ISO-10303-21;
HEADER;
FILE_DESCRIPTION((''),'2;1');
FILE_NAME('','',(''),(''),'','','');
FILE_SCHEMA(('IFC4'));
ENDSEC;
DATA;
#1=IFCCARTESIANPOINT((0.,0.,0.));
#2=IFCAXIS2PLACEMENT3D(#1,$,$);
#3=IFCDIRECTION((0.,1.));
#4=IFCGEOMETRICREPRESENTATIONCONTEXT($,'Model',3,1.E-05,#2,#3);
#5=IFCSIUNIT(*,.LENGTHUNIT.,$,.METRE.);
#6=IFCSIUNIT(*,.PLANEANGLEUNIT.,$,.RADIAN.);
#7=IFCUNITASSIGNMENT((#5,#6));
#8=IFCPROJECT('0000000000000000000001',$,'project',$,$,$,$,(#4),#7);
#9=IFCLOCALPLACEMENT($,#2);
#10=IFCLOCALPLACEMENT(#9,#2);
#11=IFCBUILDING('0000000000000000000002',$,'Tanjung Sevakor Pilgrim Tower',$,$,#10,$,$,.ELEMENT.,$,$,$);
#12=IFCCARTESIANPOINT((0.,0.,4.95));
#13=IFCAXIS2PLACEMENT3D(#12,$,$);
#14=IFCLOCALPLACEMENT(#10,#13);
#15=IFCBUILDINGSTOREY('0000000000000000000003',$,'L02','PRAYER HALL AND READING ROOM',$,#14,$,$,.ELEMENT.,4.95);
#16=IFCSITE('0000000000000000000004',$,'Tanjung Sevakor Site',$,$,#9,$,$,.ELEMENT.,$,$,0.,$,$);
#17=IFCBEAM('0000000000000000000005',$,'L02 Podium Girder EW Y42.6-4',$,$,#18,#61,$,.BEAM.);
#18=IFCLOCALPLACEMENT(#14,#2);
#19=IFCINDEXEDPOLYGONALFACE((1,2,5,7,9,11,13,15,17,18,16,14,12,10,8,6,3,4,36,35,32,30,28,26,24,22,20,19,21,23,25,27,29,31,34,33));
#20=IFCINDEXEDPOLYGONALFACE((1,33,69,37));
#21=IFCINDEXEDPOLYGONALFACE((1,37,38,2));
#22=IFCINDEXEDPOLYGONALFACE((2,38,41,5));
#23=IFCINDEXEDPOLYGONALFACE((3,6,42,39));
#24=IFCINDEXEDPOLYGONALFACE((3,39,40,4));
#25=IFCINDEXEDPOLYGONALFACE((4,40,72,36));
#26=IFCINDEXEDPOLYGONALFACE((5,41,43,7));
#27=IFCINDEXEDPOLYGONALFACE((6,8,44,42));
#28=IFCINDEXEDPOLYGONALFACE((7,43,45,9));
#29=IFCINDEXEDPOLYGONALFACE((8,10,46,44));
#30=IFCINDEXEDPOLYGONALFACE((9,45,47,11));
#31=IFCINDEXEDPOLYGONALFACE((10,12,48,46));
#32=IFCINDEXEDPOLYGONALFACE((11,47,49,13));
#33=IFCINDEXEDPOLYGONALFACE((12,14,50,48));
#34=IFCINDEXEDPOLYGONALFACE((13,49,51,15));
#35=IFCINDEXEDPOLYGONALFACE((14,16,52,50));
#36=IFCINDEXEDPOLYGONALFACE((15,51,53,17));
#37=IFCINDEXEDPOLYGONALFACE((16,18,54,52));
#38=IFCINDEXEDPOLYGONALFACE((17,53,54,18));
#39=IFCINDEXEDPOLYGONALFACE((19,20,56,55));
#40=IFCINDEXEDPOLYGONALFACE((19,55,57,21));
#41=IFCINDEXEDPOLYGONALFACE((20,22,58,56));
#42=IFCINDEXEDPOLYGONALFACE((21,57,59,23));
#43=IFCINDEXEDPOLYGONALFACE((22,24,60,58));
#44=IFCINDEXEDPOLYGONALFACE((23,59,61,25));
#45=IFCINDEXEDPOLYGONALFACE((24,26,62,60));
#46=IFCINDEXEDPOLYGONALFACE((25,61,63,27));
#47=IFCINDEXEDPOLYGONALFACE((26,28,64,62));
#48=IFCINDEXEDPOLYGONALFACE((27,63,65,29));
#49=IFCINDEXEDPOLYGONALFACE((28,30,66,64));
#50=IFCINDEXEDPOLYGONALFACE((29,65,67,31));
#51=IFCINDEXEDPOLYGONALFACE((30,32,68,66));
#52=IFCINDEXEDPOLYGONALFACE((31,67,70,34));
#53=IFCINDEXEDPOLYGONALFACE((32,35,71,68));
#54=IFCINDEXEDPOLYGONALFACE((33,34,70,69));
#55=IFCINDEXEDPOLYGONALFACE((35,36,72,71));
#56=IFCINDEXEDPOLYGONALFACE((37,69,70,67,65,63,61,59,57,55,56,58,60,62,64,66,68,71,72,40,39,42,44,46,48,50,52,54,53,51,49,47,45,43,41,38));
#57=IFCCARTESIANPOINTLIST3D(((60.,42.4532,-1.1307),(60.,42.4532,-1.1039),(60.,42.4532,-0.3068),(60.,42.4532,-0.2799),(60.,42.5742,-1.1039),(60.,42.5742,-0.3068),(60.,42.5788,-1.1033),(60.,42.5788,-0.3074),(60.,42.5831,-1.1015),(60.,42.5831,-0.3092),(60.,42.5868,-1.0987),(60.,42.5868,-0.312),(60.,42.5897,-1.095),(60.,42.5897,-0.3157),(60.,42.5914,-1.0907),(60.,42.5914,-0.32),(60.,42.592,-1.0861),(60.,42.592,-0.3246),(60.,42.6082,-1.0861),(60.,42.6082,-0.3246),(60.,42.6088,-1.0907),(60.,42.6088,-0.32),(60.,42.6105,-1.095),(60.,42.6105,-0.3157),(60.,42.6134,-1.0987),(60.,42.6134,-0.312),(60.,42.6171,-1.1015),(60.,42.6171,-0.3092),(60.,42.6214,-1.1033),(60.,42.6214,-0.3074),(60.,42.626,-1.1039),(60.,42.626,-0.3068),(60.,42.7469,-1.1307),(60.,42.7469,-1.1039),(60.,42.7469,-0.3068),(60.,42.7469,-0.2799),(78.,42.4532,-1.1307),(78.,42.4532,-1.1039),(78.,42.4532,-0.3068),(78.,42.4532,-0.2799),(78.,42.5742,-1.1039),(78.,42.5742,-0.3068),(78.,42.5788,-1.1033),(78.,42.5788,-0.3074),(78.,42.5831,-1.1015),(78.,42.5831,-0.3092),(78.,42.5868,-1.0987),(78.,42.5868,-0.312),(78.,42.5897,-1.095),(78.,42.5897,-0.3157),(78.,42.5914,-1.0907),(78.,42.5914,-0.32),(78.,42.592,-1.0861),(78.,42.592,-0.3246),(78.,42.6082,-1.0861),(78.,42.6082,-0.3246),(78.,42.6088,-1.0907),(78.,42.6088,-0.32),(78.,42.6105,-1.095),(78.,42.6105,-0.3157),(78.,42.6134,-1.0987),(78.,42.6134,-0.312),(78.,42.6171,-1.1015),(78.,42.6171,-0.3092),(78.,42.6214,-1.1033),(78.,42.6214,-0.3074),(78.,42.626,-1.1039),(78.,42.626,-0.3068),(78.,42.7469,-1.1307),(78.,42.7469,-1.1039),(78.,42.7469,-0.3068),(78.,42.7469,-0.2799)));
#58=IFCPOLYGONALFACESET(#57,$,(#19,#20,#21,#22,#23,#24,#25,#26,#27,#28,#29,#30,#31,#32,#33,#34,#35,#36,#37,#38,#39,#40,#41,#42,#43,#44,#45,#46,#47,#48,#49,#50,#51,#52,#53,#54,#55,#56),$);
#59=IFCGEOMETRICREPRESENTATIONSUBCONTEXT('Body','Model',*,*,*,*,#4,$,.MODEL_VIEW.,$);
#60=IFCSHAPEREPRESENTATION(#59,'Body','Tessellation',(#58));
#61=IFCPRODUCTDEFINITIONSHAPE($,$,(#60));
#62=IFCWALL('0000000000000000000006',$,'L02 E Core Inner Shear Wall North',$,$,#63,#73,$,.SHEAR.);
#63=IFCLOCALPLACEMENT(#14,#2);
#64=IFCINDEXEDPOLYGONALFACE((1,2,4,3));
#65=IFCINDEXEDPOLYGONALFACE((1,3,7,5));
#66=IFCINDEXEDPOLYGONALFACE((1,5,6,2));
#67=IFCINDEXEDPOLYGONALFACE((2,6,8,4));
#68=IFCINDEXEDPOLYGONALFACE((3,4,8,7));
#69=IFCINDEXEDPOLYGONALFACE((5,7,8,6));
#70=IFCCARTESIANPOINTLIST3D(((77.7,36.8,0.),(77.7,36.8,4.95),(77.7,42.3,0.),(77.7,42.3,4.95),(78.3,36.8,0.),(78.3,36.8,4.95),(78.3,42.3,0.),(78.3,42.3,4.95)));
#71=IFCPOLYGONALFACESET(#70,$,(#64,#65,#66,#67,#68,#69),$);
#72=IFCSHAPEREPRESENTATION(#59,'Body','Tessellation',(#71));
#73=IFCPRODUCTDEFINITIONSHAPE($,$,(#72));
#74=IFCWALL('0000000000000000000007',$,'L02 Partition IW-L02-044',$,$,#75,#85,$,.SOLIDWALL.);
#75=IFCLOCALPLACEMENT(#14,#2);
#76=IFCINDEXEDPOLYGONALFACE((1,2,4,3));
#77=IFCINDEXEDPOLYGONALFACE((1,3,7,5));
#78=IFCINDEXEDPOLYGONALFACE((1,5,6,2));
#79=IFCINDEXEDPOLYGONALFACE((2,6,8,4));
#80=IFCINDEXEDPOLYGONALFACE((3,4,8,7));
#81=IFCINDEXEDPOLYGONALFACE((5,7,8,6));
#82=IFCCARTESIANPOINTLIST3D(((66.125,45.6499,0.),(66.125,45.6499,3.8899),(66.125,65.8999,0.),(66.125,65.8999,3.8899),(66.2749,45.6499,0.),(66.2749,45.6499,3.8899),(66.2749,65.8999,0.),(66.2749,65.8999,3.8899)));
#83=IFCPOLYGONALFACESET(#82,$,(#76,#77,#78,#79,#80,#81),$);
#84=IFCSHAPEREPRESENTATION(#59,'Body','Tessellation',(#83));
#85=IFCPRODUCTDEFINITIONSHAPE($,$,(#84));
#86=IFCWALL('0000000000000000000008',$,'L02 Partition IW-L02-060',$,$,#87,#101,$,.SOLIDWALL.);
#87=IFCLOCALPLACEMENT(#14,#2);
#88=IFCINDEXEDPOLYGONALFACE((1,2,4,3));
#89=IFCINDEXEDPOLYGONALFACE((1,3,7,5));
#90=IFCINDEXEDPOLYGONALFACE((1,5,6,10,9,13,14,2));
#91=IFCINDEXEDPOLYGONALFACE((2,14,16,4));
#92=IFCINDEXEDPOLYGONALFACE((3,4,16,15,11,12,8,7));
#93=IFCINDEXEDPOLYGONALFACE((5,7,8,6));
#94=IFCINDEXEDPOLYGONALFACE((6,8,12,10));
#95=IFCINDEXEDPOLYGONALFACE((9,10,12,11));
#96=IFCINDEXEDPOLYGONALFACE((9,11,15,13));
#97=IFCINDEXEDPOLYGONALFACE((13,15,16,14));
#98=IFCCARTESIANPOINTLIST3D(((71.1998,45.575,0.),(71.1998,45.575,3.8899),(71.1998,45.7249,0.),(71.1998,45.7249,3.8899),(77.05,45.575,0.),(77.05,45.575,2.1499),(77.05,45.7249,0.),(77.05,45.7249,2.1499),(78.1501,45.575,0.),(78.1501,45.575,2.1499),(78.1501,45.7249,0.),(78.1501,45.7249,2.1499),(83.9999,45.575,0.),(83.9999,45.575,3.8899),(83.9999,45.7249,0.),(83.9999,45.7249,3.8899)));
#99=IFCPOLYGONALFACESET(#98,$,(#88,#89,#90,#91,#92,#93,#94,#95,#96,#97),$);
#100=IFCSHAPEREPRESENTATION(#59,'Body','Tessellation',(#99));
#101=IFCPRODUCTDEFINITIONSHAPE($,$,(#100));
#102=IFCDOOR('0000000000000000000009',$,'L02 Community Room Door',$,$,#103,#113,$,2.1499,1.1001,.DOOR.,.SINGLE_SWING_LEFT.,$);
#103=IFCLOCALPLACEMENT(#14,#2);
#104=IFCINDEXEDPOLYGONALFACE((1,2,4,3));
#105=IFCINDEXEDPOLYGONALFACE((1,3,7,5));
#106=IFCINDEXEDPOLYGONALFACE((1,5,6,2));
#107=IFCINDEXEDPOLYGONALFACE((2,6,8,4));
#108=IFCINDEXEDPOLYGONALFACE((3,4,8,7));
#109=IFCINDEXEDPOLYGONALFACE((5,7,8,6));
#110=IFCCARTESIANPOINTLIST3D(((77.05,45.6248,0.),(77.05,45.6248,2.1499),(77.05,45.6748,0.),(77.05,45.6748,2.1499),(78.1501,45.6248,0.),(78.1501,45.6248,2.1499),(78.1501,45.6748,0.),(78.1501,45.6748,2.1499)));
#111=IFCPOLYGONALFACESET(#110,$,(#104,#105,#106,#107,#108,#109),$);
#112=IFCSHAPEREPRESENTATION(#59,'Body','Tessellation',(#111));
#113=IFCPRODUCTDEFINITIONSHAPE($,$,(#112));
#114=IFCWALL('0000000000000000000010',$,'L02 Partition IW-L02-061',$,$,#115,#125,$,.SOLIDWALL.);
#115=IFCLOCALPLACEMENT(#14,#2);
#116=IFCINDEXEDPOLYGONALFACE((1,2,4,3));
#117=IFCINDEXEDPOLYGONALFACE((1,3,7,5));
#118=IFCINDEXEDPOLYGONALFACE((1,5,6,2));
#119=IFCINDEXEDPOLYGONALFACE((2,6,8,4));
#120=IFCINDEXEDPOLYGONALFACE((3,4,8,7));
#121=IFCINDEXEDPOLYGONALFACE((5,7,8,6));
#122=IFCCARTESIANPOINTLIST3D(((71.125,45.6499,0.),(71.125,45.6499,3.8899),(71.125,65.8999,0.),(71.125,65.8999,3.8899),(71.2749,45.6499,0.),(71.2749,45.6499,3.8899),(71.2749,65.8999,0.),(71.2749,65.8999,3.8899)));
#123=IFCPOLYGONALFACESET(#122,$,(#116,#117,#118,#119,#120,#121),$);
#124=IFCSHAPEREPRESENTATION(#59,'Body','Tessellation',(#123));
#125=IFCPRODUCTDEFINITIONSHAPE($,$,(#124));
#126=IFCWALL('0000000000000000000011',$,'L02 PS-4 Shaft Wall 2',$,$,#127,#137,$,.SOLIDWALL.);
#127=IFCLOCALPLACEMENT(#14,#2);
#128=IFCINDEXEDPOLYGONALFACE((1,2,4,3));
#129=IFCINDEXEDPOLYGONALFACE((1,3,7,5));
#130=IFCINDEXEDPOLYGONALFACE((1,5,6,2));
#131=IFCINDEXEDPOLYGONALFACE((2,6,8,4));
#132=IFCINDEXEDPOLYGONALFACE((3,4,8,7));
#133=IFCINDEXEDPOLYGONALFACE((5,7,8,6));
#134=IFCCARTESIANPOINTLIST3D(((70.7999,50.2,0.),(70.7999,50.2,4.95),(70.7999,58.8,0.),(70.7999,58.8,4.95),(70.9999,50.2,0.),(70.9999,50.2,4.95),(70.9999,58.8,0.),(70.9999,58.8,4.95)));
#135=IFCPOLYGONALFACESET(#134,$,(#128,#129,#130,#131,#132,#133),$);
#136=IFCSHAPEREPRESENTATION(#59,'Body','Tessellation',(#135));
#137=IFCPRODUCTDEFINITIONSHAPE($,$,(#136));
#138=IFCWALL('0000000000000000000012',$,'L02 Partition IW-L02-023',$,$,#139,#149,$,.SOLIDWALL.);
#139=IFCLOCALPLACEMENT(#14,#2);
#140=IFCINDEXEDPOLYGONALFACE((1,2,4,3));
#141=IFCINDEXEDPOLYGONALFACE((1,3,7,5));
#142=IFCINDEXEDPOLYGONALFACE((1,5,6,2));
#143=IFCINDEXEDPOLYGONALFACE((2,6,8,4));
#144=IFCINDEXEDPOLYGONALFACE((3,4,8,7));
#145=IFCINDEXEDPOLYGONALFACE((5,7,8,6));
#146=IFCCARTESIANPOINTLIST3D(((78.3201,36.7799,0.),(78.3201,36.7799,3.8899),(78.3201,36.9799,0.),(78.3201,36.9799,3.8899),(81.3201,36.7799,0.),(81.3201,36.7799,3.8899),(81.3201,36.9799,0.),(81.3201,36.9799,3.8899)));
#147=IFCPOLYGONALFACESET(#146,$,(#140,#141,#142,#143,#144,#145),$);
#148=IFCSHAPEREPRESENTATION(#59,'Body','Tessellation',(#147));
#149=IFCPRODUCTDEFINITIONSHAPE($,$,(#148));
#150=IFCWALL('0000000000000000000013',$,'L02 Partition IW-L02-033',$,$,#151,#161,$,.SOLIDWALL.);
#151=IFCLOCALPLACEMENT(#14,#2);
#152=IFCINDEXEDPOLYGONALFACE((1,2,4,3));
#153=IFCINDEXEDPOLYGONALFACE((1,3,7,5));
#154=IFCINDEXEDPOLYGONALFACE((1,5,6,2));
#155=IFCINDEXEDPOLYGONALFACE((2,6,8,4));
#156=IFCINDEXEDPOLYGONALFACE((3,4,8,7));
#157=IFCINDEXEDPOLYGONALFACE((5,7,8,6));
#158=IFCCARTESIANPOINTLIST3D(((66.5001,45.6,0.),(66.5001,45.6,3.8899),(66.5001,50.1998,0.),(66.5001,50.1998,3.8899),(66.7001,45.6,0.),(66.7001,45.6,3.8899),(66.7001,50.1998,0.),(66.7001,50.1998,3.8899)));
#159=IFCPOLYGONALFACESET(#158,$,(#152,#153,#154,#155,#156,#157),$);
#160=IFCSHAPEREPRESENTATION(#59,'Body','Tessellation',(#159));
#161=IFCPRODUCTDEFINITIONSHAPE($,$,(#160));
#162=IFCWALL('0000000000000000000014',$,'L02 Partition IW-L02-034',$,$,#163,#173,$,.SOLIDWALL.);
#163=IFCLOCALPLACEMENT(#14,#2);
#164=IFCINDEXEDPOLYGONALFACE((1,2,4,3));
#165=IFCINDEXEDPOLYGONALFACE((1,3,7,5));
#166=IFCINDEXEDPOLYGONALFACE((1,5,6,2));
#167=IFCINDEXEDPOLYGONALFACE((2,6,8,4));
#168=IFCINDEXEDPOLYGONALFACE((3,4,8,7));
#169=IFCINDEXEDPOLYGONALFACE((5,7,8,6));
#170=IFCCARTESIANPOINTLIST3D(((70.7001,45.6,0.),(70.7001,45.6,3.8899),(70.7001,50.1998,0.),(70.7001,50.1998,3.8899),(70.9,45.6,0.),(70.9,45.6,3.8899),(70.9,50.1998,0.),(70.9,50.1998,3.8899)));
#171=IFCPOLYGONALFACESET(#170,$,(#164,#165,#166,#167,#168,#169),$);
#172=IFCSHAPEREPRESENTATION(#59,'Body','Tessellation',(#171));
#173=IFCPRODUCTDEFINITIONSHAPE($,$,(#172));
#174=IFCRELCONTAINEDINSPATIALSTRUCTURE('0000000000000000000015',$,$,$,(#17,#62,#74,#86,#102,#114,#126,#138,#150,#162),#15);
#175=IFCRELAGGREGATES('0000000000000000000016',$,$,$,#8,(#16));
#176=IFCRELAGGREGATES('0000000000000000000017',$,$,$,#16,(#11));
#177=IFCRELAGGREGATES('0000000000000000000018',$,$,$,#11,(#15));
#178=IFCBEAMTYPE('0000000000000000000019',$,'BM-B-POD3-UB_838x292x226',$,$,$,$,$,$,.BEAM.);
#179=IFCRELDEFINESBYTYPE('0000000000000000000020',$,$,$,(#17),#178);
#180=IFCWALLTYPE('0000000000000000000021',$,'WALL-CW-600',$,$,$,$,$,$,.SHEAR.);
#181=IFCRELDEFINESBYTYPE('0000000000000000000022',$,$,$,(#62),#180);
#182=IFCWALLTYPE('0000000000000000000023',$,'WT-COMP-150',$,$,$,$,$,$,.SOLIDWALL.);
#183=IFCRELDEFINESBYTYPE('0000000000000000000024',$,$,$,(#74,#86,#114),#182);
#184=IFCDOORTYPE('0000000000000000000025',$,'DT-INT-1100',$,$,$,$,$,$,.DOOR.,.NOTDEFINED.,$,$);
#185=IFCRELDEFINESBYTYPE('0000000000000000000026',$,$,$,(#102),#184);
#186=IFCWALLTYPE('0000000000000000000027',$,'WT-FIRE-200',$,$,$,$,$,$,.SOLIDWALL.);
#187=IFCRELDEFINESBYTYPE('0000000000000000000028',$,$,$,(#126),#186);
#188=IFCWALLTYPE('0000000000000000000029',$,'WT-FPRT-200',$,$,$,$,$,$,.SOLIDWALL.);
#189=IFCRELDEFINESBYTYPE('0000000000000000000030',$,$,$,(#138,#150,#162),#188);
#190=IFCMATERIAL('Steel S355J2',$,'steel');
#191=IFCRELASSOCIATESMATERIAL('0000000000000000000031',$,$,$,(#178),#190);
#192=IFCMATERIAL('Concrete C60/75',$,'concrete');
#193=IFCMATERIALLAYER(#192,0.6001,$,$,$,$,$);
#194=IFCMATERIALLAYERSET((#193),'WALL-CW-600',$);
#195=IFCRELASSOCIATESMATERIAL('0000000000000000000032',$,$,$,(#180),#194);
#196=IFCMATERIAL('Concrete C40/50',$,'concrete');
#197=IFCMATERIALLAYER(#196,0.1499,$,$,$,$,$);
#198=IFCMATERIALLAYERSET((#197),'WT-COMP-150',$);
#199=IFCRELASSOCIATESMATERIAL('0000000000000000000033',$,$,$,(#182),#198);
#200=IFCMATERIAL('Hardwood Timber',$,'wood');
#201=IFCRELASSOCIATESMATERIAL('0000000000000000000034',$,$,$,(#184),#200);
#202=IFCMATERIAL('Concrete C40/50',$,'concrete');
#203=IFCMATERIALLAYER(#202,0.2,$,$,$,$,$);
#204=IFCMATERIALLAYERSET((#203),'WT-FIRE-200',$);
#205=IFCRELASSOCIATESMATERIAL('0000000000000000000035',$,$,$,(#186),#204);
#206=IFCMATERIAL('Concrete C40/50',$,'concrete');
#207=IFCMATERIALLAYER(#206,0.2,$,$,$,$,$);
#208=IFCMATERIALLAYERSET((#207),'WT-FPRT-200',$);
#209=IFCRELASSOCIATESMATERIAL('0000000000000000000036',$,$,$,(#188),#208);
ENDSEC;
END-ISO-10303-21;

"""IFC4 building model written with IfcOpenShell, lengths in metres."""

from ifc_helpers import new_model, si_unit, direction, frame, frame_2d, origin, origin_2d, place, context, subcontext, project, spatial, rectangle, i_section, extrude, material, layer, layer_set, material_profile, profile_set, type_object, element, fill, save


model = new_model("IFC4")

# Units and contexts
model_context = context("Model", 3, precision=1e-05, world=origin(), true_north=direction((0.0, 1.0)))
body_context = subcontext(model_context, "Body", "Model", "MODEL_VIEW")
ifc_project = project(units=[si_unit("LENGTHUNIT", "METRE"), si_unit("PLANEANGLEUNIT", "RADIAN")], contexts=[model_context])

# Site, building, storey
site_placement = place(None, origin())
site = spatial("IfcSite", under=ifc_project, at=site_placement, Name="Tanjung Sevakor Site", CompositionType="ELEMENT", RefElevation=0.0)
building_placement = place(site_placement, origin())
building = spatial("IfcBuilding", under=site, at=building_placement, Name="Tanjung Sevakor Pilgrim Tower", CompositionType="ELEMENT")
storey_placement = place(building_placement, frame((0.0, 0.0, 4.95)))
storey = spatial("IfcBuildingStorey", under=building, at=storey_placement, Name="L02", Description="PRAYER HALL AND READING ROOM", CompositionType="ELEMENT", Elevation=4.95)

# Beam
ifc_material_1 = material(Name="Steel S355J2", Category="steel")
ifc_material_profile_1 = material_profile(ifc_material_1, i_section(OverallWidth=0.2937, OverallDepth=0.8508, WebThickness=0.0161, FlangeThickness=0.0269, FilletRadius=0.0178, at=origin_2d()))
ifc_profile_set_1 = profile_set([ifc_material_profile_1], Name="Steel S355J2")
beam_type_1 = type_object("IfcBeamType", Name="BM-B-POD3-UB_838x292x226", PredefinedType="BEAM", material=ifc_profile_set_1)
beam_1_placement = place(storey_placement, frame((60.0, 42.6001, -0.7053), z_axis=(1.0, 0.0, 0.0), x_axis=(0.0, 1.0, 0.0)))
element("IfcBeam", 1, at=beam_1_placement, inside=storey, type_object=beam_type_1, Name="L02 Podium Girder EW Y42.6-4", PredefinedType="BEAM", context=body_context, shape_type="SweptSolid", body=[
    extrude(i_section(OverallWidth=0.2937, OverallDepth=0.8508, WebThickness=0.0161, FlangeThickness=0.0269, FilletRadius=0.0178, at=origin_2d()), origin(), (0.0, 0.0, 1.0), 18.0),
])

# Walls
ifc_material_2 = material(Name="Concrete C60/75", Category="concrete")
ifc_layer_1 = layer(ifc_material_2, 0.6001)
ifc_layer_set_1 = layer_set([ifc_layer_1], Name="WALL-CW-600")
wall_type_1 = type_object("IfcWallType", Name="WALL-CW-600", PredefinedType="SHEAR", material=ifc_layer_set_1)
wall_1_placement = place(storey_placement, frame((78.0, 36.8, 0.0), z_axis=(0.0, 0.0, 1.0), x_axis=(0.0, 1.0, 0.0)))
element("IfcWall", 2, at=wall_1_placement, inside=storey, type_object=wall_type_1, Name="L02 E Core Inner Shear Wall North", PredefinedType="SHEAR", context=body_context, shape_type="SweptSolid", body=[
    extrude(rectangle(XDim=5.5, YDim=0.6001, at=frame_2d((2.75, 0.0))), origin(), (0.0, 0.0, 1.0), 4.95),
])
ifc_material_3 = material(Name="Concrete C40/50", Category="concrete")
ifc_layer_2 = layer(ifc_material_3, 0.1499)
ifc_layer_set_2 = layer_set([ifc_layer_2], Name="WT-COMP-150")
wall_type_2 = type_object("IfcWallType", Name="WT-COMP-150", PredefinedType="SOLIDWALL", material=ifc_layer_set_2)
wall_2_placement = place(storey_placement, frame((66.2, 45.6499, 0.0), z_axis=(0.0, 0.0, 1.0), x_axis=(0.0, 1.0, 0.0)))
element("IfcWall", 3, at=wall_2_placement, inside=storey, type_object=wall_type_2, Name="L02 Partition IW-L02-044", PredefinedType="SOLIDWALL", context=body_context, shape_type="SweptSolid", body=[
    extrude(rectangle(XDim=20.25, YDim=0.1499, at=frame_2d((10.125, 0.0))), origin(), (0.0, 0.0, 1.0), 3.8899),
])

# Wall, opening, door
wall_3_placement = place(storey_placement, frame((71.2, 45.6499, 0.0), z_axis=(0.0, 0.0, 1.0), x_axis=(1.0, 0.0, 0.0)))
wall_3 = element("IfcWall", 4, at=wall_3_placement, inside=storey, type_object=wall_type_2, Name="L02 Partition IW-L02-060", PredefinedType="SOLIDWALL", context=body_context, shape_type="SweptSolid", body=[
    extrude(rectangle(XDim=12.8, YDim=0.1499, at=frame_2d((6.3999, 0.0))), origin(), (0.0, 0.0, 1.0), 3.8899),
])
opening_1_placement = place(wall_3_placement, frame((5.8501, 0.0, 0.0)))
opening_1 = element("IfcOpeningElement", 5, at=opening_1_placement, cuts=wall_3, PredefinedType="OPENING", context=body_context, shape_type="SweptSolid", body=[
    extrude(rectangle(XDim=1.1001, YDim=2.1499, at=frame_2d((0.55, 1.075))), frame((0.0, 0.085, 0.0), z_axis=(0.0, -1.0, 0.0), x_axis=(1.0, 0.0, 0.0)), (0.0, 0.0, 1.0), 0.1699),
])
ifc_material_4 = material(Name="Hardwood Timber", Category="wood")
door_type_1 = type_object("IfcDoorType", Name="DT-INT-1100", OperationType="NOTDEFINED", PredefinedType="DOOR", material=ifc_material_4)
door_1_placement = place(opening_1_placement, origin())
door_1 = element("IfcDoor", 6, at=door_1_placement, inside=storey, type_object=door_type_1, Name="L02 Community Room Door", OperationType="SINGLE_SWING_LEFT", OverallHeight=2.1499, OverallWidth=1.1001, PredefinedType="DOOR", context=body_context, shape_type="SweptSolid", body=[
    extrude(rectangle(XDim=1.1001, YDim=2.1499, at=frame_2d((0.55, 1.075))), frame((0.0, 0.0249, 0.0), z_axis=(0.0, -1.0, 0.0), x_axis=(1.0, 0.0, 0.0)), (0.0, 0.0, 1.0), 0.05),
])
fill(opening_1, door_1)

# Wall
wall_4_placement = place(storey_placement, frame((71.2, 45.6499, 0.0), z_axis=(0.0, 0.0, 1.0), x_axis=(0.0, 1.0, 0.0)))
element("IfcWall", 7, at=wall_4_placement, inside=storey, type_object=wall_type_2, Name="L02 Partition IW-L02-061", PredefinedType="SOLIDWALL", context=body_context, shape_type="SweptSolid", body=[
    extrude(rectangle(XDim=20.25, YDim=0.1499, at=frame_2d((10.125, 0.0))), origin(), (0.0, 0.0, 1.0), 3.8899),
])

# Shared definitions
ifc_material_5 = material(Name="Concrete C40/50", Category="concrete")
ifc_layer_3 = layer(ifc_material_5, 0.2)
ifc_layer_set_3 = layer_set([ifc_layer_3], Name="WT-FIRE-200")
wall_type_3 = type_object("IfcWallType", Name="WT-FIRE-200", PredefinedType="SOLIDWALL", material=ifc_layer_set_3)

# Walls
wall_5_placement = place(storey_placement, frame((70.8999, 50.2, 0.0), z_axis=(0.0, 0.0, 1.0), x_axis=(0.0, 1.0, 0.0)))
element("IfcWall", 8, at=wall_5_placement, inside=storey, type_object=wall_type_3, Name="L02 PS-4 Shaft Wall 2", PredefinedType="SOLIDWALL", context=body_context, shape_type="SweptSolid", body=[
    extrude(rectangle(XDim=8.6001, YDim=0.2, at=frame_2d((4.3, 0.0))), origin(), (0.0, 0.0, 1.0), 4.95),
])
ifc_material_6 = material(Name="Concrete C40/50", Category="concrete")
ifc_layer_4 = layer(ifc_material_6, 0.2)
ifc_layer_set_4 = layer_set([ifc_layer_4], Name="WT-FPRT-200")
wall_type_4 = type_object("IfcWallType", Name="WT-FPRT-200", PredefinedType="SOLIDWALL", material=ifc_layer_set_4)
wall_6_placement = place(storey_placement, frame((78.3201, 36.8799, 0.0), z_axis=(0.0, 0.0, 1.0), x_axis=(1.0, 0.0, 0.0)))
element("IfcWall", 9, at=wall_6_placement, inside=storey, type_object=wall_type_4, Name="L02 Partition IW-L02-023", PredefinedType="SOLIDWALL", context=body_context, shape_type="SweptSolid", body=[
    extrude(rectangle(XDim=3.0, YDim=0.2, at=frame_2d((1.5, 0.0))), origin(), (0.0, 0.0, 1.0), 3.8899),
])
for number, where, z_axis, x_axis, name in (
    (10, (66.6001, 45.6001, 0.0), (0.0, 0.0, 1.0), (0.0, 1.0, 0.0), "L02 Partition IW-L02-033"),
    (11, (70.8, 45.6001, 0.0), (0.0, 0.0, 1.0), (0.0, 1.0, 0.0), "L02 Partition IW-L02-034"),
):
    element("IfcWall", number, at=place(storey_placement, frame(where, z_axis=z_axis, x_axis=x_axis)), inside=storey, type_object=wall_type_4, Name=name, PredefinedType="SOLIDWALL", context=body_context, shape_type="SweptSolid", body=[
        extrude(rectangle(XDim=4.5999, YDim=0.2, at=frame_2d((2.2998, 0.0))), origin(), (0.0, 0.0, 1.0), 3.8899),
    ])

save(model, "model.ifc")
